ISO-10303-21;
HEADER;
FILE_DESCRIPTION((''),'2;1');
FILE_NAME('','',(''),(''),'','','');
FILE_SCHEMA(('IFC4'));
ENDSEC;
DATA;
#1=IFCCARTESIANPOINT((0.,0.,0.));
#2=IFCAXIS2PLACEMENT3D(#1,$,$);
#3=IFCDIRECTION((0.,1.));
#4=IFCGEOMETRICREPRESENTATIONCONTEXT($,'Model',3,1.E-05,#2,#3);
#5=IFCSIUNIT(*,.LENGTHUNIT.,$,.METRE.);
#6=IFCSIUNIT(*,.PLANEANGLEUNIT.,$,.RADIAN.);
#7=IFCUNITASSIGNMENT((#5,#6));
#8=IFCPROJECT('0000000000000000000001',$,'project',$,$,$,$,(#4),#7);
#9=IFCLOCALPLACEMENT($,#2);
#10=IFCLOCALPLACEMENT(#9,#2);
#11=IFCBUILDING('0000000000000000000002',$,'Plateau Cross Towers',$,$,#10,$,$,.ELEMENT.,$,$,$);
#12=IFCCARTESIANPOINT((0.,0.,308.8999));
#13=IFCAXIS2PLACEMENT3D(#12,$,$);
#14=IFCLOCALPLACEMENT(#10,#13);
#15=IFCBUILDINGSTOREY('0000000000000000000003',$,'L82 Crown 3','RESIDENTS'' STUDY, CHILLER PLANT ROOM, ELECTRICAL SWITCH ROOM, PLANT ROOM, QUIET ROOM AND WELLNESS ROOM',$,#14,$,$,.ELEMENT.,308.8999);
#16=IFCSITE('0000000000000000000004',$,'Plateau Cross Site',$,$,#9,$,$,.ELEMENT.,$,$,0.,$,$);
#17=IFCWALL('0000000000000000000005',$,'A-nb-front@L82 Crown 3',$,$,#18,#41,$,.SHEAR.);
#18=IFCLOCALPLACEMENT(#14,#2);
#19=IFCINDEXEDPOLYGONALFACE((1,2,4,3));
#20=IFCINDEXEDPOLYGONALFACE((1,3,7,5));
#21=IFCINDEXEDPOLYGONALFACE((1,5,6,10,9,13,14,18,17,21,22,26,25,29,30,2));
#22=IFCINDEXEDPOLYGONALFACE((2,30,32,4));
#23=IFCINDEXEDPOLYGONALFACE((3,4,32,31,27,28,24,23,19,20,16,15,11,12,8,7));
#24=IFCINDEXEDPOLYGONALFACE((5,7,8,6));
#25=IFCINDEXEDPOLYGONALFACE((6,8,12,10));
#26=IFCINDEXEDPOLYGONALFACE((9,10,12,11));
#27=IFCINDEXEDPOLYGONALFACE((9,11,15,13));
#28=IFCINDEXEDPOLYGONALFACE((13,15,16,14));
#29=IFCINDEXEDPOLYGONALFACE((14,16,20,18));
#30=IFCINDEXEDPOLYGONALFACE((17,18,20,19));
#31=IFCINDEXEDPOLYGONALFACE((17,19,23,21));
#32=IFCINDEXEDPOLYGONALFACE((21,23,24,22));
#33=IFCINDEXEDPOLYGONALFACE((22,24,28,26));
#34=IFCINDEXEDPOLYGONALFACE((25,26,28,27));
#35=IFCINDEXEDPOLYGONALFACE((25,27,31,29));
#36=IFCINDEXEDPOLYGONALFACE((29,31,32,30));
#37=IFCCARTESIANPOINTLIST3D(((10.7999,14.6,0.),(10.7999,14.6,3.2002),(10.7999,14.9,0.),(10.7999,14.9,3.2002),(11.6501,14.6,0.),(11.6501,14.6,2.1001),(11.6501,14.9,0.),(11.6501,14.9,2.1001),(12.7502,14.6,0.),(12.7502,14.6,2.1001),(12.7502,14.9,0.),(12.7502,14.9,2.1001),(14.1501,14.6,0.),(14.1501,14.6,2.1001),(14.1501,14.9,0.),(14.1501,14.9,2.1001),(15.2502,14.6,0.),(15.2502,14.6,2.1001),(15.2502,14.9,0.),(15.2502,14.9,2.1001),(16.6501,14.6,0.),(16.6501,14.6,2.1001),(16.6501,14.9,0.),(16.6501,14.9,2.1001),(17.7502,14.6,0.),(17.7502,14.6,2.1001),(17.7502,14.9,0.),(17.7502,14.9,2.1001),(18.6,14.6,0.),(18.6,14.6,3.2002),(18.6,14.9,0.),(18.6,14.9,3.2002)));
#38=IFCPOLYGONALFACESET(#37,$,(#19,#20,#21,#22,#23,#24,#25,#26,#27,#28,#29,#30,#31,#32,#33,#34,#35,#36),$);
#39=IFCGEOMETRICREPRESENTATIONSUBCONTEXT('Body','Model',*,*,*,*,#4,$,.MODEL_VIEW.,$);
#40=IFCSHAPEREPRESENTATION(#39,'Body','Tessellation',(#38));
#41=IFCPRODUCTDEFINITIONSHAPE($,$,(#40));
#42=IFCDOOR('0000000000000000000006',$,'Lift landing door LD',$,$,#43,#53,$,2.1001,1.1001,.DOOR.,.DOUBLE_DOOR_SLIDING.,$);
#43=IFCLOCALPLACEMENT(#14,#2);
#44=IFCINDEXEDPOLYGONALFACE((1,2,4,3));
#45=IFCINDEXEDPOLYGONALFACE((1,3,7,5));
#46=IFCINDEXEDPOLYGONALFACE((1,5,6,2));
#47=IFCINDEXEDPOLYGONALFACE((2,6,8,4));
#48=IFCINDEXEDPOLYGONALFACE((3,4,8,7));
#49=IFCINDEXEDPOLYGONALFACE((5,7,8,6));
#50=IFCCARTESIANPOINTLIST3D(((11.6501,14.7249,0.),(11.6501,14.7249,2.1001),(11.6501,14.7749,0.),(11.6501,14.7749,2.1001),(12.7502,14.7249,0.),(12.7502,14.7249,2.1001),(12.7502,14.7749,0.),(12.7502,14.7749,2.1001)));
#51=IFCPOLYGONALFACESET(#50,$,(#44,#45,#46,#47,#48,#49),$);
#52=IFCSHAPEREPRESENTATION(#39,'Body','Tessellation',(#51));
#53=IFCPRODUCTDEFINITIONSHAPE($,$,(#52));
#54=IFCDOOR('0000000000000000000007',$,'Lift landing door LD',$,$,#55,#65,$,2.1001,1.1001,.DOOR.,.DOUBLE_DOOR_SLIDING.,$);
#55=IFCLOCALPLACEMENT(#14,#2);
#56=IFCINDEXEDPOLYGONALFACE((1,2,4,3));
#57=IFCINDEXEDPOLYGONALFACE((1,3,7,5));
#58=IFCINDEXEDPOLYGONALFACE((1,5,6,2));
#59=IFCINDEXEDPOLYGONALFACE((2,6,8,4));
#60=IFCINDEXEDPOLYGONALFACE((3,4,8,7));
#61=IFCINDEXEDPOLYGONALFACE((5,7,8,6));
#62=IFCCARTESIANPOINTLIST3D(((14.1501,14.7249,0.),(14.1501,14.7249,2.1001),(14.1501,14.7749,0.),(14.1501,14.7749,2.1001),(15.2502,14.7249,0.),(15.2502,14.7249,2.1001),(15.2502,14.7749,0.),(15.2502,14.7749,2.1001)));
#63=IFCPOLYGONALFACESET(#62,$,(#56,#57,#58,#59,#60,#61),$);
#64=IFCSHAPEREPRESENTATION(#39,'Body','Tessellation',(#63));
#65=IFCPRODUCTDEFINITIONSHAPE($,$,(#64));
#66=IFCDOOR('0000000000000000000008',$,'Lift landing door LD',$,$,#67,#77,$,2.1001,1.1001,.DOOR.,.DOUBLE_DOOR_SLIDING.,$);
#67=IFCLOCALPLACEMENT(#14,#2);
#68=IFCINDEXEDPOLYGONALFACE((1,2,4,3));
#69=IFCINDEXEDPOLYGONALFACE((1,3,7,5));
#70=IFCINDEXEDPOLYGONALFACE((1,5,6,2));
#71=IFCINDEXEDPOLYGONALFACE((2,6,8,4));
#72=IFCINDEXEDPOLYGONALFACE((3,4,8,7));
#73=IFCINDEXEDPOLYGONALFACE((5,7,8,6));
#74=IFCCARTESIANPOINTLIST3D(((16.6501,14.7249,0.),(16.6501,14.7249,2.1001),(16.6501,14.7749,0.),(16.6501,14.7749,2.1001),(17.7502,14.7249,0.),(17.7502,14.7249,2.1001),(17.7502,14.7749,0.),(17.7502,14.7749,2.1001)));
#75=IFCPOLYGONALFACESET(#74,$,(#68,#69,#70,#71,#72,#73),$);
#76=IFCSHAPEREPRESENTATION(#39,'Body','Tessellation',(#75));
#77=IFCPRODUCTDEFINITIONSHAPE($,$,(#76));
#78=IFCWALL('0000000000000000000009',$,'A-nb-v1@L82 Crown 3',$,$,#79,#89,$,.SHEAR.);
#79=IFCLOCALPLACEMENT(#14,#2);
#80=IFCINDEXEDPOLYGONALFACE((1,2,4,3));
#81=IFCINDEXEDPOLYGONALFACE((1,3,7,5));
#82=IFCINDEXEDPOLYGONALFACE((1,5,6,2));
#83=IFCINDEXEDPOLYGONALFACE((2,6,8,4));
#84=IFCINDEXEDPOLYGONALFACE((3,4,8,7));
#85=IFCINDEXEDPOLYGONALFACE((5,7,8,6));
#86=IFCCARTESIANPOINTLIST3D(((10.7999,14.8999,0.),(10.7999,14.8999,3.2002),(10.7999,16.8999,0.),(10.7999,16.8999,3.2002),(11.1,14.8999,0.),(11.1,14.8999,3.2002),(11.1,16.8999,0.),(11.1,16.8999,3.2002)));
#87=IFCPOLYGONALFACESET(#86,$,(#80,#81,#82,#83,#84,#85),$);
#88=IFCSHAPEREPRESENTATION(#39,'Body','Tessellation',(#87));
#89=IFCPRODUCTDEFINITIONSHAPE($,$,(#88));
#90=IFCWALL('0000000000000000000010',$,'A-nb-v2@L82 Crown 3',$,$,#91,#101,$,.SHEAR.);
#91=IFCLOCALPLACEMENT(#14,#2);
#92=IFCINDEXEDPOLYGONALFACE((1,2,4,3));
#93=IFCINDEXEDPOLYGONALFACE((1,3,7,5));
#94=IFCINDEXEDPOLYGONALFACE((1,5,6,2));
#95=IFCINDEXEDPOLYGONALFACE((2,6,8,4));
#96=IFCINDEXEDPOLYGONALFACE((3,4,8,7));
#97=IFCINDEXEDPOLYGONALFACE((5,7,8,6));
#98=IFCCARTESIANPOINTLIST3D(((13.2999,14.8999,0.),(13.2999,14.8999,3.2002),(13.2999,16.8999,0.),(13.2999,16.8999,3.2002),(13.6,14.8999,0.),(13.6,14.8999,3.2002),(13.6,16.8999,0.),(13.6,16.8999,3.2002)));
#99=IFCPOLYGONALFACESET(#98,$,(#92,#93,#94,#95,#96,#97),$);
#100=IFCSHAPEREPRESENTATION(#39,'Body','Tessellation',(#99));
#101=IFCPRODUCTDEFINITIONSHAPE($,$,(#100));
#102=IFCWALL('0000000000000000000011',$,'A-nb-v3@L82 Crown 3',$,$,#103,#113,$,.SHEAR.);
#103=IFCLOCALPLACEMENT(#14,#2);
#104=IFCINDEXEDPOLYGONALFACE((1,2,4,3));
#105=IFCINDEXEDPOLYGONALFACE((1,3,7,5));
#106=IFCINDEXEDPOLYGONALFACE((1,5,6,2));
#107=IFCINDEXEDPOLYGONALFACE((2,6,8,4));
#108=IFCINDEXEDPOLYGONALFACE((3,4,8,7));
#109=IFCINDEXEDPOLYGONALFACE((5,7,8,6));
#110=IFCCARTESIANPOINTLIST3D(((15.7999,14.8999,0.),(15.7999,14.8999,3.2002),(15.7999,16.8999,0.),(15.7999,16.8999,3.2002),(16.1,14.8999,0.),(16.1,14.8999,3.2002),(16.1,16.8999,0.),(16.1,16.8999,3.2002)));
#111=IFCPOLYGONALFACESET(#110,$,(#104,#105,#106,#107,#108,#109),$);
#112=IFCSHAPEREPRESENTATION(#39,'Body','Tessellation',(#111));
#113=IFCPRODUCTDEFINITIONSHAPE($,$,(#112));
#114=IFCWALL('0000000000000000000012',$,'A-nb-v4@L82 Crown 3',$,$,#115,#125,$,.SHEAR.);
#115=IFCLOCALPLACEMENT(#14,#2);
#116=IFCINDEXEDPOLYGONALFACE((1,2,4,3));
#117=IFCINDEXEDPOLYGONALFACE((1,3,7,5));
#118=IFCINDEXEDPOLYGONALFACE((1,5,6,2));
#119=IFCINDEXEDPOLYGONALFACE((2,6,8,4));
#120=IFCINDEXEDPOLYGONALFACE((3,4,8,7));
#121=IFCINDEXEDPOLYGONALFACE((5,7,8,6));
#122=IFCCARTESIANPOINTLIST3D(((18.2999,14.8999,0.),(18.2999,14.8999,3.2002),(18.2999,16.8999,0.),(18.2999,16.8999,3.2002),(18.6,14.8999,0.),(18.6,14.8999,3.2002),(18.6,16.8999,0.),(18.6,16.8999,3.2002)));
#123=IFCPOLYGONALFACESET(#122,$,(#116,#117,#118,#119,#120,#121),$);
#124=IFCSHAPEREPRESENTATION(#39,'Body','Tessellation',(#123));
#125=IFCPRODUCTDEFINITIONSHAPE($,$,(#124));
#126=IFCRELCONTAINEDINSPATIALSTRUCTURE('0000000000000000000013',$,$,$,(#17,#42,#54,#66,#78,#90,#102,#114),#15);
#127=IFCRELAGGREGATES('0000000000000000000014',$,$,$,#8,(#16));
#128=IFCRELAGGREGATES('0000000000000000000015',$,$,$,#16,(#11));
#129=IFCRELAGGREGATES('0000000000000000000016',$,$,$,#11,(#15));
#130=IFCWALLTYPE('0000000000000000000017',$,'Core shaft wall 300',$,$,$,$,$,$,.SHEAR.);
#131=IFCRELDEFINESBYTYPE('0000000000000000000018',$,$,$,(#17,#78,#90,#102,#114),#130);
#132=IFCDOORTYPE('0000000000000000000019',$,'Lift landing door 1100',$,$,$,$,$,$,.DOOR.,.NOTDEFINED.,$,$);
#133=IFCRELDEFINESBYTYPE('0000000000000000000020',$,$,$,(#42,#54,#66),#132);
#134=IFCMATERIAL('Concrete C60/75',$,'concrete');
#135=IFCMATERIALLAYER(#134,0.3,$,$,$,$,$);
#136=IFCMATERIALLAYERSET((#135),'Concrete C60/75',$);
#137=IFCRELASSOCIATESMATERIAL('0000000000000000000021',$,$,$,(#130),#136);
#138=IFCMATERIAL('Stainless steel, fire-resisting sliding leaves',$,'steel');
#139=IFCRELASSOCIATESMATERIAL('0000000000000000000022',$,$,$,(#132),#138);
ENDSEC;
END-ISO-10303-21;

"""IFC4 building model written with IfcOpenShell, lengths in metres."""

from ifc_helpers import new_model, si_unit, direction, frame, frame_2d, origin, place, context, subcontext, project, spatial, rectangle, extrude, material, layer, layer_set, type_object, element, fill, save


model = new_model("IFC4")

# Units and contexts
model_context = context("Model", 3, precision=1e-05, world=origin(), true_north=direction((0.0, 1.0)))
body_context = subcontext(model_context, "Body", "Model", "MODEL_VIEW")
ifc_project = project(units=[si_unit("LENGTHUNIT", "METRE"), si_unit("PLANEANGLEUNIT", "RADIAN")], contexts=[model_context])

# Site, building, storey
site_placement = place(None, origin())
site = spatial("IfcSite", under=ifc_project, at=site_placement, Name="Plateau Cross Site", CompositionType="ELEMENT", RefElevation=0.0)
building_placement = place(site_placement, origin())
building = spatial("IfcBuilding", under=site, at=building_placement, Name="Plateau Cross Towers", CompositionType="ELEMENT")
storey_placement = place(building_placement, frame((0.0, 0.0, 308.8999)))
storey = spatial("IfcBuildingStorey", under=building, at=storey_placement, Name="L82 Crown 3", Description="RESIDENTS' STUDY, CHILLER PLANT ROOM, ELECTRICAL SWITCH ROOM, PLANT ROOM, QUIET ROOM AND WELLNESS ROOM", CompositionType="ELEMENT", Elevation=308.8999)

# Shared definitions
ifc_material_1 = material(Name="Concrete C60/75", Category="concrete")

# Shared definitions
ifc_layer_1 = layer(ifc_material_1, 0.3)
ifc_layer_set_1 = layer_set([ifc_layer_1], Name="Concrete C60/75")
wall_type_1 = type_object("IfcWallType", Name="Core shaft wall 300", PredefinedType="SHEAR", material=ifc_layer_set_1)

# Wall, openings, doors
wall_1_placement = place(storey_placement, frame((10.8, 14.75, 0.0), z_axis=(0.0, 0.0, 1.0), x_axis=(1.0, 0.0, 0.0)))
wall_1 = element("IfcWall", 1, at=wall_1_placement, inside=storey, type_object=wall_type_1, Name="A-nb-front@L82 Crown 3", PredefinedType="SHEAR", context=body_context, shape_type="SweptSolid", body=[
    extrude(rectangle(XDim=7.8, YDim=0.3, at=frame_2d((3.8999, 0.0))), origin(), (0.0, 0.0, 1.0), 3.2002),
])
opening_1_placement = place(wall_1_placement, frame((0.8501, 0.0, 0.0)))
opening_1 = element("IfcOpeningElement", 2, at=opening_1_placement, cuts=wall_1, PredefinedType="OPENING", context=body_context, shape_type="SweptSolid", body=[
    extrude(rectangle(XDim=1.1001, YDim=2.1001, at=frame_2d((0.55, 1.05))), frame((0.0, 0.1599, 0.0), z_axis=(0.0, -1.0, 0.0), x_axis=(1.0, 0.0, 0.0)), (0.0, 0.0, 1.0), 0.3201),
])
opening_2_placement = place(wall_1_placement, frame((3.3501, 0.0, 0.0)))
opening_2 = element("IfcOpeningElement", 3, at=opening_2_placement, cuts=wall_1, PredefinedType="OPENING", context=body_context, shape_type="SweptSolid", body=[
    extrude(rectangle(XDim=1.1001, YDim=2.1001, at=frame_2d((0.55, 1.05))), frame((0.0, 0.1599, 0.0), z_axis=(0.0, -1.0, 0.0), x_axis=(1.0, 0.0, 0.0)), (0.0, 0.0, 1.0), 0.3201),
])
opening_3_placement = place(wall_1_placement, frame((5.8501, 0.0, 0.0)))
opening_3 = element("IfcOpeningElement", 4, at=opening_3_placement, cuts=wall_1, PredefinedType="OPENING", context=body_context, shape_type="SweptSolid", body=[
    extrude(rectangle(XDim=1.1001, YDim=2.1001, at=frame_2d((0.55, 1.05))), frame((0.0, 0.1599, 0.0), z_axis=(0.0, -1.0, 0.0), x_axis=(1.0, 0.0, 0.0)), (0.0, 0.0, 1.0), 0.3201),
])
ifc_material_2 = material(Name="Stainless steel, fire-resisting sliding leaves", Category="steel")
door_type_1 = type_object("IfcDoorType", Name="Lift landing door 1100", OperationType="NOTDEFINED", PredefinedType="DOOR", material=ifc_material_2)
door_1_placement = place(opening_1_placement, origin())
door_1 = element("IfcDoor", 5, at=door_1_placement, inside=storey, type_object=door_type_1, Name="Lift landing door LD", OperationType="DOUBLE_DOOR_SLIDING", OverallHeight=2.1001, OverallWidth=1.1001, PredefinedType="DOOR", context=body_context, shape_type="SweptSolid", body=[
    extrude(rectangle(XDim=1.1001, YDim=2.1001, at=frame_2d((0.55, 1.05))), frame((0.0, 0.0249, 0.0), z_axis=(0.0, -1.0, 0.0), x_axis=(1.0, 0.0, 0.0)), (0.0, 0.0, 1.0), 0.05),
])
fill(opening_1, door_1)
door_2_placement = place(opening_2_placement, origin())
door_2 = element("IfcDoor", 6, at=door_2_placement, inside=storey, type_object=door_type_1, Name="Lift landing door LD", OperationType="DOUBLE_DOOR_SLIDING", OverallHeight=2.1001, OverallWidth=1.1001, PredefinedType="DOOR", context=body_context, shape_type="SweptSolid", body=[
    extrude(rectangle(XDim=1.1001, YDim=2.1001, at=frame_2d((0.55, 1.05))), frame((0.0, 0.0249, 0.0), z_axis=(0.0, -1.0, 0.0), x_axis=(1.0, 0.0, 0.0)), (0.0, 0.0, 1.0), 0.05),
])
fill(opening_2, door_2)
door_3_placement = place(opening_3_placement, origin())
door_3 = element("IfcDoor", 7, at=door_3_placement, inside=storey, type_object=door_type_1, Name="Lift landing door LD", OperationType="DOUBLE_DOOR_SLIDING", OverallHeight=2.1001, OverallWidth=1.1001, PredefinedType="DOOR", context=body_context, shape_type="SweptSolid", body=[
    extrude(rectangle(XDim=1.1001, YDim=2.1001, at=frame_2d((0.55, 1.05))), frame((0.0, 0.0249, 0.0), z_axis=(0.0, -1.0, 0.0), x_axis=(1.0, 0.0, 0.0)), (0.0, 0.0, 1.0), 0.05),
])
fill(opening_3, door_3)

# Walls
for number, where, z_axis, x_axis, name in (
    (8, (10.95, 14.8999, 0.0), (0.0, 0.0, 1.0), (0.0, 1.0, 0.0), "A-nb-v1@L82 Crown 3"),
    (9, (13.45, 14.8999, 0.0), (0.0, 0.0, 1.0), (0.0, 1.0, 0.0), "A-nb-v2@L82 Crown 3"),
    (10, (15.95, 14.8999, 0.0), (0.0, 0.0, 1.0), (0.0, 1.0, 0.0), "A-nb-v3@L82 Crown 3"),
    (11, (18.45, 14.8999, 0.0), (0.0, 0.0, 1.0), (0.0, 1.0, 0.0), "A-nb-v4@L82 Crown 3"),
):
    element("IfcWall", number, at=place(storey_placement, frame(where, z_axis=z_axis, x_axis=x_axis)), inside=storey, type_object=wall_type_1, Name=name, PredefinedType="SHEAR", context=body_context, shape_type="SweptSolid", body=[
        extrude(rectangle(XDim=2.0, YDim=0.3, at=frame_2d((1.0, 0.0))), origin(), (0.0, 0.0, 1.0), 3.2002),
    ])

save(model, "model.ifc")
